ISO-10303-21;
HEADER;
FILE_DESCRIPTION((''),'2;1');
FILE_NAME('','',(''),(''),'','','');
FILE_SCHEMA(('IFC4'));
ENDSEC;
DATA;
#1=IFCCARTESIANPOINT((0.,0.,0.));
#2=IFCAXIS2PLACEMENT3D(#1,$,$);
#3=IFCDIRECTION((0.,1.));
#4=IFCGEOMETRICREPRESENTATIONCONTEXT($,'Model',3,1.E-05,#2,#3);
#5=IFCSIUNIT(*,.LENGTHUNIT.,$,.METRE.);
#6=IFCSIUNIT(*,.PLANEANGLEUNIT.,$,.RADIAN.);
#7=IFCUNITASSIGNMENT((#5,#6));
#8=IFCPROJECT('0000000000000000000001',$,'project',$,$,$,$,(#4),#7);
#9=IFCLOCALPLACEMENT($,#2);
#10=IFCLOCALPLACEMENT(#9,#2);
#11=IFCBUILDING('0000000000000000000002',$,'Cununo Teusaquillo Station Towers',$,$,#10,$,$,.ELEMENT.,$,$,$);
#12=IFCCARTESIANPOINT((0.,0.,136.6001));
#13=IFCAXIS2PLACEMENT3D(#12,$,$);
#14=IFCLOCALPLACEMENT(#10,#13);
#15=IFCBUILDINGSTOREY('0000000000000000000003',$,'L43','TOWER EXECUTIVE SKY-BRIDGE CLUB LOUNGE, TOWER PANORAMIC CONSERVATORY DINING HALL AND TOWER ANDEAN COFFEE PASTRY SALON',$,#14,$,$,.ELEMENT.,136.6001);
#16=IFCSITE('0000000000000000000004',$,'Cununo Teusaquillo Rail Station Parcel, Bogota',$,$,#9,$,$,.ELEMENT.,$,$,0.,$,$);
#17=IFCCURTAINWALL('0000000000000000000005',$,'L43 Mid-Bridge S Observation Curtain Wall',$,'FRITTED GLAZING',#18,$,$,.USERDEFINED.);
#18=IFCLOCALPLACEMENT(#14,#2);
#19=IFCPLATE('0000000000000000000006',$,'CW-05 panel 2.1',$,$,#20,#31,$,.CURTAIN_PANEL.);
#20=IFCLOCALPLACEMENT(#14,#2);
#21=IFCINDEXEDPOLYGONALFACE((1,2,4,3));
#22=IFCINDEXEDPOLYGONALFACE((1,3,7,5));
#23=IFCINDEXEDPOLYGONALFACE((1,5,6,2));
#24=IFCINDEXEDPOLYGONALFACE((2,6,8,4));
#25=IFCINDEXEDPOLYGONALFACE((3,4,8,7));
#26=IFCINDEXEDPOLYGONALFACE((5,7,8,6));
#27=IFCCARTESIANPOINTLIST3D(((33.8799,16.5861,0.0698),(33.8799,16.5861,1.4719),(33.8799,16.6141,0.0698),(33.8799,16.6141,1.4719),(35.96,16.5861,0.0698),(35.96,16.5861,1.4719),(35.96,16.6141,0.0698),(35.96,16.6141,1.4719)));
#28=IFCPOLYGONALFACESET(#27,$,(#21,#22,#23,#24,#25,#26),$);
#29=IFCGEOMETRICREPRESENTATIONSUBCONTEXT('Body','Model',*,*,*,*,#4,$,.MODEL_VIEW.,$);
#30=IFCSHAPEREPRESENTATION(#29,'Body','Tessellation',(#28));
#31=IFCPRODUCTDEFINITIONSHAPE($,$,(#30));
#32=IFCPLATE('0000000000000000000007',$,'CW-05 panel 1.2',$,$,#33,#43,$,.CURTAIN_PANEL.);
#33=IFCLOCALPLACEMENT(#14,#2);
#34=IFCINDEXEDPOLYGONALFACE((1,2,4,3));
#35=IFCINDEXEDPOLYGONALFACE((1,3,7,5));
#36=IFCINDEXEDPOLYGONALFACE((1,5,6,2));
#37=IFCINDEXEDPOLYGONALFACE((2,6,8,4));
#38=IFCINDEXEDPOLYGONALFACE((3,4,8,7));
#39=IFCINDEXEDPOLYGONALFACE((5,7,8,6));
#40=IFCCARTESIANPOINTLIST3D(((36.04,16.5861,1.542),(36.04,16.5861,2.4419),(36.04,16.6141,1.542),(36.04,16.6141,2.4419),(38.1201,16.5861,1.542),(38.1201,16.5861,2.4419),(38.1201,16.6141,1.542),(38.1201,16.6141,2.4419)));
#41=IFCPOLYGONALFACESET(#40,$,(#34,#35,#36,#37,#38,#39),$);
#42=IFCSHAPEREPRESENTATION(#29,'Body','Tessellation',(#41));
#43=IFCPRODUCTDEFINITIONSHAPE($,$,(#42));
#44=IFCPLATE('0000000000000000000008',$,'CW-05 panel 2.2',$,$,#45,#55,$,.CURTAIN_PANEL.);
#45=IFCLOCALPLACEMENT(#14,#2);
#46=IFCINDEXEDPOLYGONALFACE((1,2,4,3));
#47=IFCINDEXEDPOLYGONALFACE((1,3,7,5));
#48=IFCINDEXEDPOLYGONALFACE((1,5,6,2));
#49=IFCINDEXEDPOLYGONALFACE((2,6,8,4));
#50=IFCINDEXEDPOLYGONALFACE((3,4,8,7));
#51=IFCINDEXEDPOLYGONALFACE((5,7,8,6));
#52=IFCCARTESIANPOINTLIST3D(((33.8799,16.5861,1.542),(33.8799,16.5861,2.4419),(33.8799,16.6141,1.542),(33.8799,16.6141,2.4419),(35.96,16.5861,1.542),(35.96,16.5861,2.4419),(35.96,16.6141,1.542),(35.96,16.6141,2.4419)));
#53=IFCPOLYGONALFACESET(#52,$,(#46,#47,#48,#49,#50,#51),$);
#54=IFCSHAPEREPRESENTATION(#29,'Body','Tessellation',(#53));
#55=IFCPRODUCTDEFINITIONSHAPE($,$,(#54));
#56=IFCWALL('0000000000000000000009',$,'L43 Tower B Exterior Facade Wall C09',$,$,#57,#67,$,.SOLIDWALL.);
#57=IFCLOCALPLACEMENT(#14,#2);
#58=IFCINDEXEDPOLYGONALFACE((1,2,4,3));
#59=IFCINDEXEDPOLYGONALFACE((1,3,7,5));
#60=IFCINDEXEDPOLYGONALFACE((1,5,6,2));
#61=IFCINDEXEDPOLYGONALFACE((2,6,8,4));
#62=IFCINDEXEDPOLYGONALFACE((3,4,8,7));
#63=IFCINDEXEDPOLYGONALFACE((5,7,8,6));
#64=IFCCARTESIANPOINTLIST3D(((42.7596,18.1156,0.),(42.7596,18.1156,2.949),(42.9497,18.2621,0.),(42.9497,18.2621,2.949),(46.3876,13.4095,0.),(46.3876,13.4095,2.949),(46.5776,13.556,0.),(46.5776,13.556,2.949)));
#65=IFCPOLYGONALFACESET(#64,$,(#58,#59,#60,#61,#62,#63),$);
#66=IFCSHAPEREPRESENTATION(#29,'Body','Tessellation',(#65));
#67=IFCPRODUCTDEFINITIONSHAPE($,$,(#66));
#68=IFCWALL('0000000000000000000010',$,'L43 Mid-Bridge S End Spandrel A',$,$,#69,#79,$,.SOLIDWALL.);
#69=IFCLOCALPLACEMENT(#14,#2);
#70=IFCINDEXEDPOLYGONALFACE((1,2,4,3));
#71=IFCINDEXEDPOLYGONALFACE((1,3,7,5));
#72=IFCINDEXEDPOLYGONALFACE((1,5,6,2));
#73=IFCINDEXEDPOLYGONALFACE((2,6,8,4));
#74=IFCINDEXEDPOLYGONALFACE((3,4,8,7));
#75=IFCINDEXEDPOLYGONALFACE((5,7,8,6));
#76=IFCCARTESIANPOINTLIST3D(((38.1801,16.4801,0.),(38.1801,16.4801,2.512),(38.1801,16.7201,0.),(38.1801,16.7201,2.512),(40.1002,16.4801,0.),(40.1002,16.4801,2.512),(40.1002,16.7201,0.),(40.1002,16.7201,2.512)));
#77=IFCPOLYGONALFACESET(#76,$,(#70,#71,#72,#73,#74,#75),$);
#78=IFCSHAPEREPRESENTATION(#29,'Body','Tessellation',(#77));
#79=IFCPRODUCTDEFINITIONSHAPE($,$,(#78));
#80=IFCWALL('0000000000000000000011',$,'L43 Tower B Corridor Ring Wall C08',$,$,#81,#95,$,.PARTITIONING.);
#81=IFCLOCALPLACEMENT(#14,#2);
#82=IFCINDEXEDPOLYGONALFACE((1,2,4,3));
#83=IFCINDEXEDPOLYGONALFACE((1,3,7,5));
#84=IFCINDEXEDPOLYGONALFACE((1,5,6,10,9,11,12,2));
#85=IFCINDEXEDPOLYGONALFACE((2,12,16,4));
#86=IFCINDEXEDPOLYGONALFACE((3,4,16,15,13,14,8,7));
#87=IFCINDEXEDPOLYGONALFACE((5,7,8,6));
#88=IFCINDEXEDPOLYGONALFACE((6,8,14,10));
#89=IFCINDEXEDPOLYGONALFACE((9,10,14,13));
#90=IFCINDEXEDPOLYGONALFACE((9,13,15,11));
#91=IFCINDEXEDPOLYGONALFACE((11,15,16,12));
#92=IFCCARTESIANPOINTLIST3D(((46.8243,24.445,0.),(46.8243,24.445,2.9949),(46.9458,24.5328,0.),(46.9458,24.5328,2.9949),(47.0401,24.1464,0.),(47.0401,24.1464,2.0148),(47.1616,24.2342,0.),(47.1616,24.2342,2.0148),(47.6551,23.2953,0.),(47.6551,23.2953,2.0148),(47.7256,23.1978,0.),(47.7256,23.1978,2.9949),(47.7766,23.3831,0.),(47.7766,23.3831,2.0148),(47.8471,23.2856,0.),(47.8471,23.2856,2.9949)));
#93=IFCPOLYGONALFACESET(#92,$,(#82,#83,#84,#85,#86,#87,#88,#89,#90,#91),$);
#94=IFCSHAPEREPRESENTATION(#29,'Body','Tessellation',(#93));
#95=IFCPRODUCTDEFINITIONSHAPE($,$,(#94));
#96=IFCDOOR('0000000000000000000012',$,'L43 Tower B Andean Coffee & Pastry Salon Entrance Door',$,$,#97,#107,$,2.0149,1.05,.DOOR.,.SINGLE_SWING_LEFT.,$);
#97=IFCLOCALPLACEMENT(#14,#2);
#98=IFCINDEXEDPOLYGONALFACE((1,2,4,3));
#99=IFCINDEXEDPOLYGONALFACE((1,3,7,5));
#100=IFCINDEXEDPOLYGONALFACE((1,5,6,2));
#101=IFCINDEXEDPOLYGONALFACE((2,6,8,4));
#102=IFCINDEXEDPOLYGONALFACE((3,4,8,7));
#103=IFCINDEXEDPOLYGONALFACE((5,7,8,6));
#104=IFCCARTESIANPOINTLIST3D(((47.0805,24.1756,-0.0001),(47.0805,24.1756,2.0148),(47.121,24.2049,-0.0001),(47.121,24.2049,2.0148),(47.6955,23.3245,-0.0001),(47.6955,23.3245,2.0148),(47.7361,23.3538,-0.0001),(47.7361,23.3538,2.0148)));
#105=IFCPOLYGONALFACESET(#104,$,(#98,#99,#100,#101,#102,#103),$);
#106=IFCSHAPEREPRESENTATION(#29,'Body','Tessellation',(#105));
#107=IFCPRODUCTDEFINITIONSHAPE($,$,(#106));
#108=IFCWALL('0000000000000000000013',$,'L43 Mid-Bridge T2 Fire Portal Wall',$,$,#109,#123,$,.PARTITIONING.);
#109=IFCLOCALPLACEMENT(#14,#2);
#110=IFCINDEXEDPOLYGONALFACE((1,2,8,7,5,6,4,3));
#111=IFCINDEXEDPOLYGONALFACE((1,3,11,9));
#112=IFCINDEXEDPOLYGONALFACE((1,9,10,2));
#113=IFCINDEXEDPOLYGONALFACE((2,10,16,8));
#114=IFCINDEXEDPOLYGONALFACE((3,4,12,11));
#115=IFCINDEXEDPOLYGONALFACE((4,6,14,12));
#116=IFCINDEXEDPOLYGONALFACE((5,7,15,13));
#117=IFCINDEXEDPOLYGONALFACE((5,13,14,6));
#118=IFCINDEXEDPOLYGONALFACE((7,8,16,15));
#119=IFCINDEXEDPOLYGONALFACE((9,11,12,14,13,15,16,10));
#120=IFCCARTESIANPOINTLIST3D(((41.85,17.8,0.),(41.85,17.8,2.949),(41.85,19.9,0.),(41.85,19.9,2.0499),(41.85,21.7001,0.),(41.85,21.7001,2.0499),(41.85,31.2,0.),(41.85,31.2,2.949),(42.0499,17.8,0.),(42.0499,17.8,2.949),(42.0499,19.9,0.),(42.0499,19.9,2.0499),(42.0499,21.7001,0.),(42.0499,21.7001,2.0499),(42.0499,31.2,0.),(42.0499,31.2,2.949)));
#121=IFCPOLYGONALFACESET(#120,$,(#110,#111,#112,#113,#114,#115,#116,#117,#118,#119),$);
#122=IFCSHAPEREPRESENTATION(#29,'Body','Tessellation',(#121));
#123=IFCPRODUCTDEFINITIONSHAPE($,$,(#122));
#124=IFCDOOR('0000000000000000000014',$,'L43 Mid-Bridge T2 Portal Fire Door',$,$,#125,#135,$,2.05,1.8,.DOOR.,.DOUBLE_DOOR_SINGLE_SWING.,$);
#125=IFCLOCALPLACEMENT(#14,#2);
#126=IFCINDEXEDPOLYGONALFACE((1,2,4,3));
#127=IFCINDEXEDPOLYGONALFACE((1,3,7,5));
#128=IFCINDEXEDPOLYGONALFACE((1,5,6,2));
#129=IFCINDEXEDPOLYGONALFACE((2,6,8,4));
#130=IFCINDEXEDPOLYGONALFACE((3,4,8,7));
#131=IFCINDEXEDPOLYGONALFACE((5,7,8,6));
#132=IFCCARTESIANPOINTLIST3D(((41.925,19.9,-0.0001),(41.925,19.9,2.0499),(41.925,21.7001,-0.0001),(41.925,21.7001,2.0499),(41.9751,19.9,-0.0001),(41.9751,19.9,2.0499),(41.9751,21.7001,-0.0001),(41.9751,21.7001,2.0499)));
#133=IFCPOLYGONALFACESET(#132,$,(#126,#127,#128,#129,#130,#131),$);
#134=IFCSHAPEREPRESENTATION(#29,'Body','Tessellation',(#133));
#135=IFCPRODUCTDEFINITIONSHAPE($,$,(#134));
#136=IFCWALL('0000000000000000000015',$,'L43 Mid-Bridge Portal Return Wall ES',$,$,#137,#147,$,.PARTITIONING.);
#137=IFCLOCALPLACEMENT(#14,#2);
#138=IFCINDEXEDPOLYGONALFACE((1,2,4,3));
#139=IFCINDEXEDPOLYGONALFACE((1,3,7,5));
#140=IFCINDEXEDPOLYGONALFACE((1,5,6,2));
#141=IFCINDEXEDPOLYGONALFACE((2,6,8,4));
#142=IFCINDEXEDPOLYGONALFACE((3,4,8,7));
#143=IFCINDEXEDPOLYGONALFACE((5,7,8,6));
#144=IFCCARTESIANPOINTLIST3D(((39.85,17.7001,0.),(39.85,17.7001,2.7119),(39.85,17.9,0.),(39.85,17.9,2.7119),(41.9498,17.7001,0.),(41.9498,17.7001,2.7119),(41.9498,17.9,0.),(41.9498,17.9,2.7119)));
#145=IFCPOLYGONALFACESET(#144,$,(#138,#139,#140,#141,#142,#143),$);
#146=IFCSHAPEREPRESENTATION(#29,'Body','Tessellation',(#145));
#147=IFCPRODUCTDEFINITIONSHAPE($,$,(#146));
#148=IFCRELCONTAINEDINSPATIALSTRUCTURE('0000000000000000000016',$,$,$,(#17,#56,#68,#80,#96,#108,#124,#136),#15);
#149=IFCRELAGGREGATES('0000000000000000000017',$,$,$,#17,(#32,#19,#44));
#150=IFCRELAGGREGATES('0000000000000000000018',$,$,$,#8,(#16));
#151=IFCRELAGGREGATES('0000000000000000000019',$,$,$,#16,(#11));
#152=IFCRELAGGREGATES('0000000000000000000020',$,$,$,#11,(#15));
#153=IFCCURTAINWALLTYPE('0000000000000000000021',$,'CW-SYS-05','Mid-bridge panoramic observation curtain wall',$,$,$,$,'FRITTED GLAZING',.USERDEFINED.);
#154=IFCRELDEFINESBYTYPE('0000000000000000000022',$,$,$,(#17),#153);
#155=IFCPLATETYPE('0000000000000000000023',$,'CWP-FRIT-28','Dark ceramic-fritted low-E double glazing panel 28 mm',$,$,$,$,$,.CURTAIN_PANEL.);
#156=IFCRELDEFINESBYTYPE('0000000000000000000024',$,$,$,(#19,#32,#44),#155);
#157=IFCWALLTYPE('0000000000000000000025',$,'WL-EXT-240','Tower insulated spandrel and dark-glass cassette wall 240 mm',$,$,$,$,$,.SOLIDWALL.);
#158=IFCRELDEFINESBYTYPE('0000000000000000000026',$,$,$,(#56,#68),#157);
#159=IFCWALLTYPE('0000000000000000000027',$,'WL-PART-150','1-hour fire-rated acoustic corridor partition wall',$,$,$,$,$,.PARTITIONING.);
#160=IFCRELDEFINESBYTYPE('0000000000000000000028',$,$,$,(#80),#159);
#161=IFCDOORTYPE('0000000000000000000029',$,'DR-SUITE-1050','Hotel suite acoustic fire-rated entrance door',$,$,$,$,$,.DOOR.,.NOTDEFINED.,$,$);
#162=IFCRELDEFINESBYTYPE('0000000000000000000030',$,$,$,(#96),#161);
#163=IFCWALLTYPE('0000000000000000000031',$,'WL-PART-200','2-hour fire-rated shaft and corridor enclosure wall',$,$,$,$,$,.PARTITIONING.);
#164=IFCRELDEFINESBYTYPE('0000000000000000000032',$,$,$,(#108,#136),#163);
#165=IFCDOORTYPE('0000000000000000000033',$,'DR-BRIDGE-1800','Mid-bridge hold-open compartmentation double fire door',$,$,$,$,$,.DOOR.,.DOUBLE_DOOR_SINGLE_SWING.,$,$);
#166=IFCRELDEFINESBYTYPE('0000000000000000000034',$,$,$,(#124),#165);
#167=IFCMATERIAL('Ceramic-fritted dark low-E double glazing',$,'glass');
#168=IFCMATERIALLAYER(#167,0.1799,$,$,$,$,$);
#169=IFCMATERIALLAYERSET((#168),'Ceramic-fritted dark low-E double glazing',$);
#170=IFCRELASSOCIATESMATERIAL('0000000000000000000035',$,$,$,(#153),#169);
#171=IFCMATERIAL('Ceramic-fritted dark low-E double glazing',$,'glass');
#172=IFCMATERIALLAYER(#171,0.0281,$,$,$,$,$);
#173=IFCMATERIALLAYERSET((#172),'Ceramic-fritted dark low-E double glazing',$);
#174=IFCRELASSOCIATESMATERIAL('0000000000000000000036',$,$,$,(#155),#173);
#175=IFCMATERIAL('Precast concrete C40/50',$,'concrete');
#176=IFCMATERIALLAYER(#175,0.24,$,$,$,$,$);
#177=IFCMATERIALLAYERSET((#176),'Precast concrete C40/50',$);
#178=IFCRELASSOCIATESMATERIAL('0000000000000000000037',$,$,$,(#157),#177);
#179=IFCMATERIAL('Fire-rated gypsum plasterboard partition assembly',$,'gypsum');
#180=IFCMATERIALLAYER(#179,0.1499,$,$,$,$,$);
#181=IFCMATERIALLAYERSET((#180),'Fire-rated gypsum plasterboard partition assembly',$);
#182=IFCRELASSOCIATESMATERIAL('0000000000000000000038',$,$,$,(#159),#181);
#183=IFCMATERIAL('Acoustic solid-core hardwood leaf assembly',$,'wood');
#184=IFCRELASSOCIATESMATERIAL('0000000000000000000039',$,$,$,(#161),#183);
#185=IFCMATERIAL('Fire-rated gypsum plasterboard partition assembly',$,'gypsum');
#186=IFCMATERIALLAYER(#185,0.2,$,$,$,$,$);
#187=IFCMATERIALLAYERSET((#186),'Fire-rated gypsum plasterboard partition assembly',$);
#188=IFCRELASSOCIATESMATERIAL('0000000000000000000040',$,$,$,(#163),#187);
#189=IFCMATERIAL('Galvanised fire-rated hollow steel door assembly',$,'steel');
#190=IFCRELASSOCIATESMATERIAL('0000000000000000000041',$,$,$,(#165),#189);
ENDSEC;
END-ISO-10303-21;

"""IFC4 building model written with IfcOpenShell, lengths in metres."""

from ifc_helpers import new_model, si_unit, direction, frame, frame_2d, origin, origin_2d, place, context, subcontext, project, spatial, rectangle, extrude, source, transform, mapped, material, layer, layer_set, type_object, element, fill, aggregate, save


model = new_model("IFC4")

# Units and contexts
model_context = context("Model", 3, precision=1e-05, world=origin(), true_north=direction((0.0, 1.0)))
body_context = subcontext(model_context, "Body", "Model", "MODEL_VIEW")
ifc_project = project(units=[si_unit("LENGTHUNIT", "METRE"), si_unit("PLANEANGLEUNIT", "RADIAN")], contexts=[model_context])

# Site, building, storey
site_placement = place(None, origin())
site = spatial("IfcSite", under=ifc_project, at=site_placement, Name="Cununo Teusaquillo Rail Station Parcel, Bogota", CompositionType="ELEMENT", RefElevation=0.0)
building_placement = place(site_placement, origin())
building = spatial("IfcBuilding", under=site, at=building_placement, Name="Cununo Teusaquillo Station Towers", CompositionType="ELEMENT")
storey_placement = place(building_placement, frame((0.0, 0.0, 136.6001)))
storey = spatial("IfcBuildingStorey", under=building, at=storey_placement, Name="L43", Description="TOWER EXECUTIVE SKY-BRIDGE CLUB LOUNGE, TOWER PANORAMIC CONSERVATORY DINING HALL AND TOWER ANDEAN COFFEE PASTRY SALON", CompositionType="ELEMENT", Elevation=136.6001)

# Curtain wall
ifc_material_1 = material(Name="Ceramic-fritted dark low-E double glazing", Category="glass")
ifc_layer_1 = layer(ifc_material_1, 0.1799)
ifc_layer_set_1 = layer_set([ifc_layer_1], Name="Ceramic-fritted dark low-E double glazing")
curtain_wall_type = type_object("IfcCurtainWallType", Name="CW-SYS-05", Description="Mid-bridge panoramic observation curtain wall", ElementType="FRITTED GLAZING", PredefinedType="USERDEFINED", material=ifc_layer_set_1)
curtain_wall_placement = place(storey_placement, origin())
curtain_wall = element("IfcCurtainWall", 1, at=curtain_wall_placement, inside=storey, type_object=curtain_wall_type, Name="L43 Mid-Bridge S Observation Curtain Wall", ObjectType="FRITTED GLAZING", PredefinedType="USERDEFINED")

# Plates
ifc_material_2 = material(Name="Ceramic-fritted dark low-E double glazing", Category="glass")
ifc_layer_2 = layer(ifc_material_2, 0.0281)
ifc_layer_set_2 = layer_set([ifc_layer_2], Name="Ceramic-fritted dark low-E double glazing")
plate_type = type_object("IfcPlateType", Name="CWP-FRIT-28", Description="Dark ceramic-fritted low-E double glazing panel 28 mm", PredefinedType="CURTAIN_PANEL", material=ifc_layer_set_2)
shared_shape_1 = source(origin(), body_context, "Body", "SweptSolid", [
    extrude(rectangle(XDim=2.0801, YDim=0.0281, at=origin_2d()), origin(), (0.0, 0.0, 1.0), 1.4021),
])
plate_1_placement = place(storey_placement, frame((34.9199, 16.6001, 0.0698), z_axis=(0.0, 0.0, 1.0), x_axis=(-1.0, 0.0, 0.0)))
plate_1 = element("IfcPlate", 2, at=plate_1_placement, type_object=plate_type, Name="CW-05 panel 2.1", PredefinedType="CURTAIN_PANEL", context=body_context, shape_type="MappedRepresentation", body=[
    mapped(shared_shape_1, transform((0.0, 0.0, 0.0), x_axis=(1.0, 0.0, 0.0), y_axis=(0.0, 1.0, 0.0), z_axis=(0.0, 0.0, 1.0), scale=1.0)),
])
shared_shape_2 = source(origin(), body_context, "Body", "SweptSolid", [
    extrude(rectangle(XDim=2.0801, YDim=0.0281, at=origin_2d()), origin(), (0.0, 0.0, 1.0), 0.8999),
])
plate_2_placement = place(storey_placement, frame((37.0801, 16.6001, 1.542), z_axis=(0.0, 0.0, 1.0), x_axis=(-1.0, 0.0, 0.0)))
plate_2 = element("IfcPlate", 3, at=plate_2_placement, type_object=plate_type, Name="CW-05 panel 1.2", PredefinedType="CURTAIN_PANEL", context=body_context, shape_type="MappedRepresentation", body=[
    mapped(shared_shape_2, transform((0.0, 0.0, 0.0), x_axis=(1.0, 0.0, 0.0), y_axis=(0.0, 1.0, 0.0), z_axis=(0.0, 0.0, 1.0), scale=1.0)),
])
plate_3_placement = place(storey_placement, frame((34.9199, 16.6001, 1.542), z_axis=(0.0, 0.0, 1.0), x_axis=(-1.0, 0.0, 0.0)))
plate_3 = element("IfcPlate", 4, at=plate_3_placement, type_object=plate_type, Name="CW-05 panel 2.2", PredefinedType="CURTAIN_PANEL", context=body_context, shape_type="MappedRepresentation", body=[
    mapped(shared_shape_2, transform((0.0, 0.0, 0.0), x_axis=(1.0, 0.0, 0.0), y_axis=(0.0, 1.0, 0.0), z_axis=(0.0, 0.0, 1.0), scale=1.0)),
])
aggregate(curtain_wall, [plate_2, plate_1, plate_3])

# Walls
ifc_material_3 = material(Name="Precast concrete C40/50", Category="concrete")
ifc_layer_3 = layer(ifc_material_3, 0.24)
ifc_layer_set_3 = layer_set([ifc_layer_3], Name="Precast concrete C40/50")
wall_type_1 = type_object("IfcWallType", Name="WL-EXT-240", Description="Tower insulated spandrel and dark-glass cassette wall 240 mm", PredefinedType="SOLIDWALL", material=ifc_layer_set_3)
wall_1_placement = place(storey_placement, frame((46.4827, 13.4827, 0.0), z_axis=(0.0, 0.0, 1.0), x_axis=(-0.610544, 0.791982, 0.0)))
element("IfcWall", 5, at=wall_1_placement, inside=storey, type_object=wall_type_1, Name="L43 Tower B Exterior Facade Wall C09", PredefinedType="SOLIDWALL", context=body_context, shape_type="SweptSolid", body=[
    extrude(rectangle(XDim=5.9421, YDim=0.24, at=frame_2d((2.9712, 0.0))), origin(), (0.0, 0.0, 1.0), 2.949),
])
wall_2_placement = place(storey_placement, frame((40.1001, 16.6001, 0.0), z_axis=(0.0, 0.0, 1.0), x_axis=(-1.0, 0.0, 0.0)))
element("IfcWall", 6, at=wall_2_placement, inside=storey, type_object=wall_type_1, Name="L43 Mid-Bridge S End Spandrel A", PredefinedType="SOLIDWALL", context=body_context, shape_type="SweptSolid", body=[
    extrude(rectangle(XDim=1.9202, YDim=0.24, at=frame_2d((0.96, 0.0))), origin(), (0.0, 0.0, 1.0), 2.512),
])

# Walls, openings, doors
ifc_material_4 = material(Name="Fire-rated gypsum plasterboard partition assembly", Category="gypsum")
ifc_layer_4 = layer(ifc_material_4, 0.1499)
ifc_layer_set_4 = layer_set([ifc_layer_4], Name="Fire-rated gypsum plasterboard partition assembly")
wall_type_2 = type_object("IfcWallType", Name="WL-PART-150", Description="1-hour fire-rated acoustic corridor partition wall", PredefinedType="PARTITIONING", material=ifc_layer_set_4)
wall_3_placement = place(storey_placement, frame((46.885, 24.489, 0.0), z_axis=(0.0, 0.0, 1.0), x_axis=(0.585716, -0.810516, 0.0)))
wall_3 = element("IfcWall", 7, at=wall_3_placement, inside=storey, type_object=wall_type_2, Name="L43 Tower B Corridor Ring Wall C08", PredefinedType="PARTITIONING", context=body_context, shape_type="SweptSolid", body=[
    extrude(rectangle(XDim=1.5388, YDim=0.1499, at=frame_2d((0.7695, 0.0))), origin(), (0.0, 0.0, 1.0), 2.9949),
])
shared_shape_3 = source(origin(), body_context, "Body", "SweptSolid", [
    extrude(rectangle(XDim=1.05, YDim=2.0149, at=frame_2d((0.5249, 1.0073))), frame((0.0, 0.085, 0.0), z_axis=(0.0, -1.0, 0.0), x_axis=(1.0, 0.0, 0.0)), (0.0, 0.0, 1.0), 0.1699),
])
opening_1_placement = place(wall_3_placement, frame((0.3687, 0.0, 0.0)))
opening_1 = element("IfcOpeningElement", 8, at=opening_1_placement, cuts=wall_3, PredefinedType="OPENING", context=body_context, shape_type="MappedRepresentation", body=[
    mapped(shared_shape_3, transform((0.0, 0.0, 0.0), x_axis=(1.0, 0.0, 0.0), y_axis=(0.0, 1.0, 0.0), z_axis=(0.0, 0.0, 1.0), scale=1.0)),
])
ifc_material_5 = material(Name="Acoustic solid-core hardwood leaf assembly", Category="wood")
door_type_1 = type_object("IfcDoorType", Name="DR-SUITE-1050", Description="Hotel suite acoustic fire-rated entrance door", OperationType="NOTDEFINED", PredefinedType="DOOR", material=ifc_material_5)
shared_shape_4 = source(origin(), body_context, "Body", "SweptSolid", [
    extrude(rectangle(XDim=1.05, YDim=2.0149, at=frame_2d((0.5249, 1.0073))), frame((0.0, 0.0249, 0.0), z_axis=(0.0, -1.0, 0.0), x_axis=(1.0, 0.0, 0.0)), (0.0, 0.0, 1.0), 0.05),
])
door_1_placement = place(opening_1_placement, origin())
door_1 = element("IfcDoor", 9, at=door_1_placement, inside=storey, type_object=door_type_1, Name="L43 Tower B Andean Coffee & Pastry Salon Entrance Door", OperationType="SINGLE_SWING_LEFT", OverallHeight=2.0149, OverallWidth=1.05, PredefinedType="DOOR", context=body_context, shape_type="MappedRepresentation", body=[
    mapped(shared_shape_4, transform((0.0, 0.0, 0.0), x_axis=(1.0, 0.0, 0.0), y_axis=(0.0, 1.0, 0.0), z_axis=(0.0, 0.0, 1.0), scale=1.0)),
])
fill(opening_1, door_1)
ifc_material_6 = material(Name="Fire-rated gypsum plasterboard partition assembly", Category="gypsum")
ifc_layer_5 = layer(ifc_material_6, 0.2)
ifc_layer_set_5 = layer_set([ifc_layer_5], Name="Fire-rated gypsum plasterboard partition assembly")
wall_type_3 = type_object("IfcWallType", Name="WL-PART-200", Description="2-hour fire-rated shaft and corridor enclosure wall", PredefinedType="PARTITIONING", material=ifc_layer_set_5)
wall_4_placement = place(storey_placement, frame((41.95, 17.8, 0.0), z_axis=(0.0, 0.0, 1.0), x_axis=(0.0, 1.0, 0.0)))
wall_4 = element("IfcWall", 10, at=wall_4_placement, inside=storey, type_object=wall_type_3, Name="L43 Mid-Bridge T2 Fire Portal Wall", PredefinedType="PARTITIONING", context=body_context, shape_type="SweptSolid", body=[
    extrude(rectangle(XDim=13.3999, YDim=0.2, at=frame_2d((6.7, 0.0))), origin(), (0.0, 0.0, 1.0), 2.949),
])
shared_shape_5 = source(origin(), body_context, "Body", "SweptSolid", [
    extrude(rectangle(XDim=1.8, YDim=2.05, at=frame_2d((0.8999, 1.0249))), frame((0.0, 0.1099, 0.0), z_axis=(0.0, -1.0, 0.0), x_axis=(1.0, 0.0, 0.0)), (0.0, 0.0, 1.0), 0.22),
])
opening_2_placement = place(wall_4_placement, frame((2.1001, 0.0, 0.0)))
opening_2 = element("IfcOpeningElement", 11, at=opening_2_placement, cuts=wall_4, PredefinedType="OPENING", context=body_context, shape_type="MappedRepresentation", body=[
    mapped(shared_shape_5, transform((0.0, 0.0, 0.0), x_axis=(1.0, 0.0, 0.0), y_axis=(0.0, 1.0, 0.0), z_axis=(0.0, 0.0, 1.0), scale=1.0)),
])
ifc_material_7 = material(Name="Galvanised fire-rated hollow steel door assembly", Category="steel")
door_type_2 = type_object("IfcDoorType", Name="DR-BRIDGE-1800", Description="Mid-bridge hold-open compartmentation double fire door", OperationType="DOUBLE_DOOR_SINGLE_SWING", PredefinedType="DOOR", material=ifc_material_7)
shared_shape_6 = source(origin(), body_context, "Body", "SweptSolid", [
    extrude(rectangle(XDim=1.8, YDim=2.05, at=frame_2d((0.8999, 1.0249))), frame((0.0, 0.0249, 0.0), z_axis=(0.0, -1.0, 0.0), x_axis=(1.0, 0.0, 0.0)), (0.0, 0.0, 1.0), 0.05),
])
door_2_placement = place(opening_2_placement, origin())
door_2 = element("IfcDoor", 12, at=door_2_placement, inside=storey, type_object=door_type_2, Name="L43 Mid-Bridge T2 Portal Fire Door", OperationType="DOUBLE_DOOR_SINGLE_SWING", OverallHeight=2.05, OverallWidth=1.8, PredefinedType="DOOR", context=body_context, shape_type="MappedRepresentation", body=[
    mapped(shared_shape_6, transform((0.0, 0.0, 0.0), x_axis=(1.0, 0.0, 0.0), y_axis=(0.0, 1.0, 0.0), z_axis=(0.0, 0.0, 1.0), scale=1.0)),
])
fill(opening_2, door_2)

# Wall
wall_5_placement = place(storey_placement, frame((39.8501, 17.8, 0.0), z_axis=(0.0, 0.0, 1.0), x_axis=(1.0, 0.0, 0.0)))
element("IfcWall", 13, at=wall_5_placement, inside=storey, type_object=wall_type_3, Name="L43 Mid-Bridge Portal Return Wall ES", PredefinedType="PARTITIONING", context=body_context, shape_type="SweptSolid", body=[
    extrude(rectangle(XDim=2.0999, YDim=0.2, at=frame_2d((1.0498, 0.0))), origin(), (0.0, 0.0, 1.0), 2.7119),
])

save(model, "model.ifc")
